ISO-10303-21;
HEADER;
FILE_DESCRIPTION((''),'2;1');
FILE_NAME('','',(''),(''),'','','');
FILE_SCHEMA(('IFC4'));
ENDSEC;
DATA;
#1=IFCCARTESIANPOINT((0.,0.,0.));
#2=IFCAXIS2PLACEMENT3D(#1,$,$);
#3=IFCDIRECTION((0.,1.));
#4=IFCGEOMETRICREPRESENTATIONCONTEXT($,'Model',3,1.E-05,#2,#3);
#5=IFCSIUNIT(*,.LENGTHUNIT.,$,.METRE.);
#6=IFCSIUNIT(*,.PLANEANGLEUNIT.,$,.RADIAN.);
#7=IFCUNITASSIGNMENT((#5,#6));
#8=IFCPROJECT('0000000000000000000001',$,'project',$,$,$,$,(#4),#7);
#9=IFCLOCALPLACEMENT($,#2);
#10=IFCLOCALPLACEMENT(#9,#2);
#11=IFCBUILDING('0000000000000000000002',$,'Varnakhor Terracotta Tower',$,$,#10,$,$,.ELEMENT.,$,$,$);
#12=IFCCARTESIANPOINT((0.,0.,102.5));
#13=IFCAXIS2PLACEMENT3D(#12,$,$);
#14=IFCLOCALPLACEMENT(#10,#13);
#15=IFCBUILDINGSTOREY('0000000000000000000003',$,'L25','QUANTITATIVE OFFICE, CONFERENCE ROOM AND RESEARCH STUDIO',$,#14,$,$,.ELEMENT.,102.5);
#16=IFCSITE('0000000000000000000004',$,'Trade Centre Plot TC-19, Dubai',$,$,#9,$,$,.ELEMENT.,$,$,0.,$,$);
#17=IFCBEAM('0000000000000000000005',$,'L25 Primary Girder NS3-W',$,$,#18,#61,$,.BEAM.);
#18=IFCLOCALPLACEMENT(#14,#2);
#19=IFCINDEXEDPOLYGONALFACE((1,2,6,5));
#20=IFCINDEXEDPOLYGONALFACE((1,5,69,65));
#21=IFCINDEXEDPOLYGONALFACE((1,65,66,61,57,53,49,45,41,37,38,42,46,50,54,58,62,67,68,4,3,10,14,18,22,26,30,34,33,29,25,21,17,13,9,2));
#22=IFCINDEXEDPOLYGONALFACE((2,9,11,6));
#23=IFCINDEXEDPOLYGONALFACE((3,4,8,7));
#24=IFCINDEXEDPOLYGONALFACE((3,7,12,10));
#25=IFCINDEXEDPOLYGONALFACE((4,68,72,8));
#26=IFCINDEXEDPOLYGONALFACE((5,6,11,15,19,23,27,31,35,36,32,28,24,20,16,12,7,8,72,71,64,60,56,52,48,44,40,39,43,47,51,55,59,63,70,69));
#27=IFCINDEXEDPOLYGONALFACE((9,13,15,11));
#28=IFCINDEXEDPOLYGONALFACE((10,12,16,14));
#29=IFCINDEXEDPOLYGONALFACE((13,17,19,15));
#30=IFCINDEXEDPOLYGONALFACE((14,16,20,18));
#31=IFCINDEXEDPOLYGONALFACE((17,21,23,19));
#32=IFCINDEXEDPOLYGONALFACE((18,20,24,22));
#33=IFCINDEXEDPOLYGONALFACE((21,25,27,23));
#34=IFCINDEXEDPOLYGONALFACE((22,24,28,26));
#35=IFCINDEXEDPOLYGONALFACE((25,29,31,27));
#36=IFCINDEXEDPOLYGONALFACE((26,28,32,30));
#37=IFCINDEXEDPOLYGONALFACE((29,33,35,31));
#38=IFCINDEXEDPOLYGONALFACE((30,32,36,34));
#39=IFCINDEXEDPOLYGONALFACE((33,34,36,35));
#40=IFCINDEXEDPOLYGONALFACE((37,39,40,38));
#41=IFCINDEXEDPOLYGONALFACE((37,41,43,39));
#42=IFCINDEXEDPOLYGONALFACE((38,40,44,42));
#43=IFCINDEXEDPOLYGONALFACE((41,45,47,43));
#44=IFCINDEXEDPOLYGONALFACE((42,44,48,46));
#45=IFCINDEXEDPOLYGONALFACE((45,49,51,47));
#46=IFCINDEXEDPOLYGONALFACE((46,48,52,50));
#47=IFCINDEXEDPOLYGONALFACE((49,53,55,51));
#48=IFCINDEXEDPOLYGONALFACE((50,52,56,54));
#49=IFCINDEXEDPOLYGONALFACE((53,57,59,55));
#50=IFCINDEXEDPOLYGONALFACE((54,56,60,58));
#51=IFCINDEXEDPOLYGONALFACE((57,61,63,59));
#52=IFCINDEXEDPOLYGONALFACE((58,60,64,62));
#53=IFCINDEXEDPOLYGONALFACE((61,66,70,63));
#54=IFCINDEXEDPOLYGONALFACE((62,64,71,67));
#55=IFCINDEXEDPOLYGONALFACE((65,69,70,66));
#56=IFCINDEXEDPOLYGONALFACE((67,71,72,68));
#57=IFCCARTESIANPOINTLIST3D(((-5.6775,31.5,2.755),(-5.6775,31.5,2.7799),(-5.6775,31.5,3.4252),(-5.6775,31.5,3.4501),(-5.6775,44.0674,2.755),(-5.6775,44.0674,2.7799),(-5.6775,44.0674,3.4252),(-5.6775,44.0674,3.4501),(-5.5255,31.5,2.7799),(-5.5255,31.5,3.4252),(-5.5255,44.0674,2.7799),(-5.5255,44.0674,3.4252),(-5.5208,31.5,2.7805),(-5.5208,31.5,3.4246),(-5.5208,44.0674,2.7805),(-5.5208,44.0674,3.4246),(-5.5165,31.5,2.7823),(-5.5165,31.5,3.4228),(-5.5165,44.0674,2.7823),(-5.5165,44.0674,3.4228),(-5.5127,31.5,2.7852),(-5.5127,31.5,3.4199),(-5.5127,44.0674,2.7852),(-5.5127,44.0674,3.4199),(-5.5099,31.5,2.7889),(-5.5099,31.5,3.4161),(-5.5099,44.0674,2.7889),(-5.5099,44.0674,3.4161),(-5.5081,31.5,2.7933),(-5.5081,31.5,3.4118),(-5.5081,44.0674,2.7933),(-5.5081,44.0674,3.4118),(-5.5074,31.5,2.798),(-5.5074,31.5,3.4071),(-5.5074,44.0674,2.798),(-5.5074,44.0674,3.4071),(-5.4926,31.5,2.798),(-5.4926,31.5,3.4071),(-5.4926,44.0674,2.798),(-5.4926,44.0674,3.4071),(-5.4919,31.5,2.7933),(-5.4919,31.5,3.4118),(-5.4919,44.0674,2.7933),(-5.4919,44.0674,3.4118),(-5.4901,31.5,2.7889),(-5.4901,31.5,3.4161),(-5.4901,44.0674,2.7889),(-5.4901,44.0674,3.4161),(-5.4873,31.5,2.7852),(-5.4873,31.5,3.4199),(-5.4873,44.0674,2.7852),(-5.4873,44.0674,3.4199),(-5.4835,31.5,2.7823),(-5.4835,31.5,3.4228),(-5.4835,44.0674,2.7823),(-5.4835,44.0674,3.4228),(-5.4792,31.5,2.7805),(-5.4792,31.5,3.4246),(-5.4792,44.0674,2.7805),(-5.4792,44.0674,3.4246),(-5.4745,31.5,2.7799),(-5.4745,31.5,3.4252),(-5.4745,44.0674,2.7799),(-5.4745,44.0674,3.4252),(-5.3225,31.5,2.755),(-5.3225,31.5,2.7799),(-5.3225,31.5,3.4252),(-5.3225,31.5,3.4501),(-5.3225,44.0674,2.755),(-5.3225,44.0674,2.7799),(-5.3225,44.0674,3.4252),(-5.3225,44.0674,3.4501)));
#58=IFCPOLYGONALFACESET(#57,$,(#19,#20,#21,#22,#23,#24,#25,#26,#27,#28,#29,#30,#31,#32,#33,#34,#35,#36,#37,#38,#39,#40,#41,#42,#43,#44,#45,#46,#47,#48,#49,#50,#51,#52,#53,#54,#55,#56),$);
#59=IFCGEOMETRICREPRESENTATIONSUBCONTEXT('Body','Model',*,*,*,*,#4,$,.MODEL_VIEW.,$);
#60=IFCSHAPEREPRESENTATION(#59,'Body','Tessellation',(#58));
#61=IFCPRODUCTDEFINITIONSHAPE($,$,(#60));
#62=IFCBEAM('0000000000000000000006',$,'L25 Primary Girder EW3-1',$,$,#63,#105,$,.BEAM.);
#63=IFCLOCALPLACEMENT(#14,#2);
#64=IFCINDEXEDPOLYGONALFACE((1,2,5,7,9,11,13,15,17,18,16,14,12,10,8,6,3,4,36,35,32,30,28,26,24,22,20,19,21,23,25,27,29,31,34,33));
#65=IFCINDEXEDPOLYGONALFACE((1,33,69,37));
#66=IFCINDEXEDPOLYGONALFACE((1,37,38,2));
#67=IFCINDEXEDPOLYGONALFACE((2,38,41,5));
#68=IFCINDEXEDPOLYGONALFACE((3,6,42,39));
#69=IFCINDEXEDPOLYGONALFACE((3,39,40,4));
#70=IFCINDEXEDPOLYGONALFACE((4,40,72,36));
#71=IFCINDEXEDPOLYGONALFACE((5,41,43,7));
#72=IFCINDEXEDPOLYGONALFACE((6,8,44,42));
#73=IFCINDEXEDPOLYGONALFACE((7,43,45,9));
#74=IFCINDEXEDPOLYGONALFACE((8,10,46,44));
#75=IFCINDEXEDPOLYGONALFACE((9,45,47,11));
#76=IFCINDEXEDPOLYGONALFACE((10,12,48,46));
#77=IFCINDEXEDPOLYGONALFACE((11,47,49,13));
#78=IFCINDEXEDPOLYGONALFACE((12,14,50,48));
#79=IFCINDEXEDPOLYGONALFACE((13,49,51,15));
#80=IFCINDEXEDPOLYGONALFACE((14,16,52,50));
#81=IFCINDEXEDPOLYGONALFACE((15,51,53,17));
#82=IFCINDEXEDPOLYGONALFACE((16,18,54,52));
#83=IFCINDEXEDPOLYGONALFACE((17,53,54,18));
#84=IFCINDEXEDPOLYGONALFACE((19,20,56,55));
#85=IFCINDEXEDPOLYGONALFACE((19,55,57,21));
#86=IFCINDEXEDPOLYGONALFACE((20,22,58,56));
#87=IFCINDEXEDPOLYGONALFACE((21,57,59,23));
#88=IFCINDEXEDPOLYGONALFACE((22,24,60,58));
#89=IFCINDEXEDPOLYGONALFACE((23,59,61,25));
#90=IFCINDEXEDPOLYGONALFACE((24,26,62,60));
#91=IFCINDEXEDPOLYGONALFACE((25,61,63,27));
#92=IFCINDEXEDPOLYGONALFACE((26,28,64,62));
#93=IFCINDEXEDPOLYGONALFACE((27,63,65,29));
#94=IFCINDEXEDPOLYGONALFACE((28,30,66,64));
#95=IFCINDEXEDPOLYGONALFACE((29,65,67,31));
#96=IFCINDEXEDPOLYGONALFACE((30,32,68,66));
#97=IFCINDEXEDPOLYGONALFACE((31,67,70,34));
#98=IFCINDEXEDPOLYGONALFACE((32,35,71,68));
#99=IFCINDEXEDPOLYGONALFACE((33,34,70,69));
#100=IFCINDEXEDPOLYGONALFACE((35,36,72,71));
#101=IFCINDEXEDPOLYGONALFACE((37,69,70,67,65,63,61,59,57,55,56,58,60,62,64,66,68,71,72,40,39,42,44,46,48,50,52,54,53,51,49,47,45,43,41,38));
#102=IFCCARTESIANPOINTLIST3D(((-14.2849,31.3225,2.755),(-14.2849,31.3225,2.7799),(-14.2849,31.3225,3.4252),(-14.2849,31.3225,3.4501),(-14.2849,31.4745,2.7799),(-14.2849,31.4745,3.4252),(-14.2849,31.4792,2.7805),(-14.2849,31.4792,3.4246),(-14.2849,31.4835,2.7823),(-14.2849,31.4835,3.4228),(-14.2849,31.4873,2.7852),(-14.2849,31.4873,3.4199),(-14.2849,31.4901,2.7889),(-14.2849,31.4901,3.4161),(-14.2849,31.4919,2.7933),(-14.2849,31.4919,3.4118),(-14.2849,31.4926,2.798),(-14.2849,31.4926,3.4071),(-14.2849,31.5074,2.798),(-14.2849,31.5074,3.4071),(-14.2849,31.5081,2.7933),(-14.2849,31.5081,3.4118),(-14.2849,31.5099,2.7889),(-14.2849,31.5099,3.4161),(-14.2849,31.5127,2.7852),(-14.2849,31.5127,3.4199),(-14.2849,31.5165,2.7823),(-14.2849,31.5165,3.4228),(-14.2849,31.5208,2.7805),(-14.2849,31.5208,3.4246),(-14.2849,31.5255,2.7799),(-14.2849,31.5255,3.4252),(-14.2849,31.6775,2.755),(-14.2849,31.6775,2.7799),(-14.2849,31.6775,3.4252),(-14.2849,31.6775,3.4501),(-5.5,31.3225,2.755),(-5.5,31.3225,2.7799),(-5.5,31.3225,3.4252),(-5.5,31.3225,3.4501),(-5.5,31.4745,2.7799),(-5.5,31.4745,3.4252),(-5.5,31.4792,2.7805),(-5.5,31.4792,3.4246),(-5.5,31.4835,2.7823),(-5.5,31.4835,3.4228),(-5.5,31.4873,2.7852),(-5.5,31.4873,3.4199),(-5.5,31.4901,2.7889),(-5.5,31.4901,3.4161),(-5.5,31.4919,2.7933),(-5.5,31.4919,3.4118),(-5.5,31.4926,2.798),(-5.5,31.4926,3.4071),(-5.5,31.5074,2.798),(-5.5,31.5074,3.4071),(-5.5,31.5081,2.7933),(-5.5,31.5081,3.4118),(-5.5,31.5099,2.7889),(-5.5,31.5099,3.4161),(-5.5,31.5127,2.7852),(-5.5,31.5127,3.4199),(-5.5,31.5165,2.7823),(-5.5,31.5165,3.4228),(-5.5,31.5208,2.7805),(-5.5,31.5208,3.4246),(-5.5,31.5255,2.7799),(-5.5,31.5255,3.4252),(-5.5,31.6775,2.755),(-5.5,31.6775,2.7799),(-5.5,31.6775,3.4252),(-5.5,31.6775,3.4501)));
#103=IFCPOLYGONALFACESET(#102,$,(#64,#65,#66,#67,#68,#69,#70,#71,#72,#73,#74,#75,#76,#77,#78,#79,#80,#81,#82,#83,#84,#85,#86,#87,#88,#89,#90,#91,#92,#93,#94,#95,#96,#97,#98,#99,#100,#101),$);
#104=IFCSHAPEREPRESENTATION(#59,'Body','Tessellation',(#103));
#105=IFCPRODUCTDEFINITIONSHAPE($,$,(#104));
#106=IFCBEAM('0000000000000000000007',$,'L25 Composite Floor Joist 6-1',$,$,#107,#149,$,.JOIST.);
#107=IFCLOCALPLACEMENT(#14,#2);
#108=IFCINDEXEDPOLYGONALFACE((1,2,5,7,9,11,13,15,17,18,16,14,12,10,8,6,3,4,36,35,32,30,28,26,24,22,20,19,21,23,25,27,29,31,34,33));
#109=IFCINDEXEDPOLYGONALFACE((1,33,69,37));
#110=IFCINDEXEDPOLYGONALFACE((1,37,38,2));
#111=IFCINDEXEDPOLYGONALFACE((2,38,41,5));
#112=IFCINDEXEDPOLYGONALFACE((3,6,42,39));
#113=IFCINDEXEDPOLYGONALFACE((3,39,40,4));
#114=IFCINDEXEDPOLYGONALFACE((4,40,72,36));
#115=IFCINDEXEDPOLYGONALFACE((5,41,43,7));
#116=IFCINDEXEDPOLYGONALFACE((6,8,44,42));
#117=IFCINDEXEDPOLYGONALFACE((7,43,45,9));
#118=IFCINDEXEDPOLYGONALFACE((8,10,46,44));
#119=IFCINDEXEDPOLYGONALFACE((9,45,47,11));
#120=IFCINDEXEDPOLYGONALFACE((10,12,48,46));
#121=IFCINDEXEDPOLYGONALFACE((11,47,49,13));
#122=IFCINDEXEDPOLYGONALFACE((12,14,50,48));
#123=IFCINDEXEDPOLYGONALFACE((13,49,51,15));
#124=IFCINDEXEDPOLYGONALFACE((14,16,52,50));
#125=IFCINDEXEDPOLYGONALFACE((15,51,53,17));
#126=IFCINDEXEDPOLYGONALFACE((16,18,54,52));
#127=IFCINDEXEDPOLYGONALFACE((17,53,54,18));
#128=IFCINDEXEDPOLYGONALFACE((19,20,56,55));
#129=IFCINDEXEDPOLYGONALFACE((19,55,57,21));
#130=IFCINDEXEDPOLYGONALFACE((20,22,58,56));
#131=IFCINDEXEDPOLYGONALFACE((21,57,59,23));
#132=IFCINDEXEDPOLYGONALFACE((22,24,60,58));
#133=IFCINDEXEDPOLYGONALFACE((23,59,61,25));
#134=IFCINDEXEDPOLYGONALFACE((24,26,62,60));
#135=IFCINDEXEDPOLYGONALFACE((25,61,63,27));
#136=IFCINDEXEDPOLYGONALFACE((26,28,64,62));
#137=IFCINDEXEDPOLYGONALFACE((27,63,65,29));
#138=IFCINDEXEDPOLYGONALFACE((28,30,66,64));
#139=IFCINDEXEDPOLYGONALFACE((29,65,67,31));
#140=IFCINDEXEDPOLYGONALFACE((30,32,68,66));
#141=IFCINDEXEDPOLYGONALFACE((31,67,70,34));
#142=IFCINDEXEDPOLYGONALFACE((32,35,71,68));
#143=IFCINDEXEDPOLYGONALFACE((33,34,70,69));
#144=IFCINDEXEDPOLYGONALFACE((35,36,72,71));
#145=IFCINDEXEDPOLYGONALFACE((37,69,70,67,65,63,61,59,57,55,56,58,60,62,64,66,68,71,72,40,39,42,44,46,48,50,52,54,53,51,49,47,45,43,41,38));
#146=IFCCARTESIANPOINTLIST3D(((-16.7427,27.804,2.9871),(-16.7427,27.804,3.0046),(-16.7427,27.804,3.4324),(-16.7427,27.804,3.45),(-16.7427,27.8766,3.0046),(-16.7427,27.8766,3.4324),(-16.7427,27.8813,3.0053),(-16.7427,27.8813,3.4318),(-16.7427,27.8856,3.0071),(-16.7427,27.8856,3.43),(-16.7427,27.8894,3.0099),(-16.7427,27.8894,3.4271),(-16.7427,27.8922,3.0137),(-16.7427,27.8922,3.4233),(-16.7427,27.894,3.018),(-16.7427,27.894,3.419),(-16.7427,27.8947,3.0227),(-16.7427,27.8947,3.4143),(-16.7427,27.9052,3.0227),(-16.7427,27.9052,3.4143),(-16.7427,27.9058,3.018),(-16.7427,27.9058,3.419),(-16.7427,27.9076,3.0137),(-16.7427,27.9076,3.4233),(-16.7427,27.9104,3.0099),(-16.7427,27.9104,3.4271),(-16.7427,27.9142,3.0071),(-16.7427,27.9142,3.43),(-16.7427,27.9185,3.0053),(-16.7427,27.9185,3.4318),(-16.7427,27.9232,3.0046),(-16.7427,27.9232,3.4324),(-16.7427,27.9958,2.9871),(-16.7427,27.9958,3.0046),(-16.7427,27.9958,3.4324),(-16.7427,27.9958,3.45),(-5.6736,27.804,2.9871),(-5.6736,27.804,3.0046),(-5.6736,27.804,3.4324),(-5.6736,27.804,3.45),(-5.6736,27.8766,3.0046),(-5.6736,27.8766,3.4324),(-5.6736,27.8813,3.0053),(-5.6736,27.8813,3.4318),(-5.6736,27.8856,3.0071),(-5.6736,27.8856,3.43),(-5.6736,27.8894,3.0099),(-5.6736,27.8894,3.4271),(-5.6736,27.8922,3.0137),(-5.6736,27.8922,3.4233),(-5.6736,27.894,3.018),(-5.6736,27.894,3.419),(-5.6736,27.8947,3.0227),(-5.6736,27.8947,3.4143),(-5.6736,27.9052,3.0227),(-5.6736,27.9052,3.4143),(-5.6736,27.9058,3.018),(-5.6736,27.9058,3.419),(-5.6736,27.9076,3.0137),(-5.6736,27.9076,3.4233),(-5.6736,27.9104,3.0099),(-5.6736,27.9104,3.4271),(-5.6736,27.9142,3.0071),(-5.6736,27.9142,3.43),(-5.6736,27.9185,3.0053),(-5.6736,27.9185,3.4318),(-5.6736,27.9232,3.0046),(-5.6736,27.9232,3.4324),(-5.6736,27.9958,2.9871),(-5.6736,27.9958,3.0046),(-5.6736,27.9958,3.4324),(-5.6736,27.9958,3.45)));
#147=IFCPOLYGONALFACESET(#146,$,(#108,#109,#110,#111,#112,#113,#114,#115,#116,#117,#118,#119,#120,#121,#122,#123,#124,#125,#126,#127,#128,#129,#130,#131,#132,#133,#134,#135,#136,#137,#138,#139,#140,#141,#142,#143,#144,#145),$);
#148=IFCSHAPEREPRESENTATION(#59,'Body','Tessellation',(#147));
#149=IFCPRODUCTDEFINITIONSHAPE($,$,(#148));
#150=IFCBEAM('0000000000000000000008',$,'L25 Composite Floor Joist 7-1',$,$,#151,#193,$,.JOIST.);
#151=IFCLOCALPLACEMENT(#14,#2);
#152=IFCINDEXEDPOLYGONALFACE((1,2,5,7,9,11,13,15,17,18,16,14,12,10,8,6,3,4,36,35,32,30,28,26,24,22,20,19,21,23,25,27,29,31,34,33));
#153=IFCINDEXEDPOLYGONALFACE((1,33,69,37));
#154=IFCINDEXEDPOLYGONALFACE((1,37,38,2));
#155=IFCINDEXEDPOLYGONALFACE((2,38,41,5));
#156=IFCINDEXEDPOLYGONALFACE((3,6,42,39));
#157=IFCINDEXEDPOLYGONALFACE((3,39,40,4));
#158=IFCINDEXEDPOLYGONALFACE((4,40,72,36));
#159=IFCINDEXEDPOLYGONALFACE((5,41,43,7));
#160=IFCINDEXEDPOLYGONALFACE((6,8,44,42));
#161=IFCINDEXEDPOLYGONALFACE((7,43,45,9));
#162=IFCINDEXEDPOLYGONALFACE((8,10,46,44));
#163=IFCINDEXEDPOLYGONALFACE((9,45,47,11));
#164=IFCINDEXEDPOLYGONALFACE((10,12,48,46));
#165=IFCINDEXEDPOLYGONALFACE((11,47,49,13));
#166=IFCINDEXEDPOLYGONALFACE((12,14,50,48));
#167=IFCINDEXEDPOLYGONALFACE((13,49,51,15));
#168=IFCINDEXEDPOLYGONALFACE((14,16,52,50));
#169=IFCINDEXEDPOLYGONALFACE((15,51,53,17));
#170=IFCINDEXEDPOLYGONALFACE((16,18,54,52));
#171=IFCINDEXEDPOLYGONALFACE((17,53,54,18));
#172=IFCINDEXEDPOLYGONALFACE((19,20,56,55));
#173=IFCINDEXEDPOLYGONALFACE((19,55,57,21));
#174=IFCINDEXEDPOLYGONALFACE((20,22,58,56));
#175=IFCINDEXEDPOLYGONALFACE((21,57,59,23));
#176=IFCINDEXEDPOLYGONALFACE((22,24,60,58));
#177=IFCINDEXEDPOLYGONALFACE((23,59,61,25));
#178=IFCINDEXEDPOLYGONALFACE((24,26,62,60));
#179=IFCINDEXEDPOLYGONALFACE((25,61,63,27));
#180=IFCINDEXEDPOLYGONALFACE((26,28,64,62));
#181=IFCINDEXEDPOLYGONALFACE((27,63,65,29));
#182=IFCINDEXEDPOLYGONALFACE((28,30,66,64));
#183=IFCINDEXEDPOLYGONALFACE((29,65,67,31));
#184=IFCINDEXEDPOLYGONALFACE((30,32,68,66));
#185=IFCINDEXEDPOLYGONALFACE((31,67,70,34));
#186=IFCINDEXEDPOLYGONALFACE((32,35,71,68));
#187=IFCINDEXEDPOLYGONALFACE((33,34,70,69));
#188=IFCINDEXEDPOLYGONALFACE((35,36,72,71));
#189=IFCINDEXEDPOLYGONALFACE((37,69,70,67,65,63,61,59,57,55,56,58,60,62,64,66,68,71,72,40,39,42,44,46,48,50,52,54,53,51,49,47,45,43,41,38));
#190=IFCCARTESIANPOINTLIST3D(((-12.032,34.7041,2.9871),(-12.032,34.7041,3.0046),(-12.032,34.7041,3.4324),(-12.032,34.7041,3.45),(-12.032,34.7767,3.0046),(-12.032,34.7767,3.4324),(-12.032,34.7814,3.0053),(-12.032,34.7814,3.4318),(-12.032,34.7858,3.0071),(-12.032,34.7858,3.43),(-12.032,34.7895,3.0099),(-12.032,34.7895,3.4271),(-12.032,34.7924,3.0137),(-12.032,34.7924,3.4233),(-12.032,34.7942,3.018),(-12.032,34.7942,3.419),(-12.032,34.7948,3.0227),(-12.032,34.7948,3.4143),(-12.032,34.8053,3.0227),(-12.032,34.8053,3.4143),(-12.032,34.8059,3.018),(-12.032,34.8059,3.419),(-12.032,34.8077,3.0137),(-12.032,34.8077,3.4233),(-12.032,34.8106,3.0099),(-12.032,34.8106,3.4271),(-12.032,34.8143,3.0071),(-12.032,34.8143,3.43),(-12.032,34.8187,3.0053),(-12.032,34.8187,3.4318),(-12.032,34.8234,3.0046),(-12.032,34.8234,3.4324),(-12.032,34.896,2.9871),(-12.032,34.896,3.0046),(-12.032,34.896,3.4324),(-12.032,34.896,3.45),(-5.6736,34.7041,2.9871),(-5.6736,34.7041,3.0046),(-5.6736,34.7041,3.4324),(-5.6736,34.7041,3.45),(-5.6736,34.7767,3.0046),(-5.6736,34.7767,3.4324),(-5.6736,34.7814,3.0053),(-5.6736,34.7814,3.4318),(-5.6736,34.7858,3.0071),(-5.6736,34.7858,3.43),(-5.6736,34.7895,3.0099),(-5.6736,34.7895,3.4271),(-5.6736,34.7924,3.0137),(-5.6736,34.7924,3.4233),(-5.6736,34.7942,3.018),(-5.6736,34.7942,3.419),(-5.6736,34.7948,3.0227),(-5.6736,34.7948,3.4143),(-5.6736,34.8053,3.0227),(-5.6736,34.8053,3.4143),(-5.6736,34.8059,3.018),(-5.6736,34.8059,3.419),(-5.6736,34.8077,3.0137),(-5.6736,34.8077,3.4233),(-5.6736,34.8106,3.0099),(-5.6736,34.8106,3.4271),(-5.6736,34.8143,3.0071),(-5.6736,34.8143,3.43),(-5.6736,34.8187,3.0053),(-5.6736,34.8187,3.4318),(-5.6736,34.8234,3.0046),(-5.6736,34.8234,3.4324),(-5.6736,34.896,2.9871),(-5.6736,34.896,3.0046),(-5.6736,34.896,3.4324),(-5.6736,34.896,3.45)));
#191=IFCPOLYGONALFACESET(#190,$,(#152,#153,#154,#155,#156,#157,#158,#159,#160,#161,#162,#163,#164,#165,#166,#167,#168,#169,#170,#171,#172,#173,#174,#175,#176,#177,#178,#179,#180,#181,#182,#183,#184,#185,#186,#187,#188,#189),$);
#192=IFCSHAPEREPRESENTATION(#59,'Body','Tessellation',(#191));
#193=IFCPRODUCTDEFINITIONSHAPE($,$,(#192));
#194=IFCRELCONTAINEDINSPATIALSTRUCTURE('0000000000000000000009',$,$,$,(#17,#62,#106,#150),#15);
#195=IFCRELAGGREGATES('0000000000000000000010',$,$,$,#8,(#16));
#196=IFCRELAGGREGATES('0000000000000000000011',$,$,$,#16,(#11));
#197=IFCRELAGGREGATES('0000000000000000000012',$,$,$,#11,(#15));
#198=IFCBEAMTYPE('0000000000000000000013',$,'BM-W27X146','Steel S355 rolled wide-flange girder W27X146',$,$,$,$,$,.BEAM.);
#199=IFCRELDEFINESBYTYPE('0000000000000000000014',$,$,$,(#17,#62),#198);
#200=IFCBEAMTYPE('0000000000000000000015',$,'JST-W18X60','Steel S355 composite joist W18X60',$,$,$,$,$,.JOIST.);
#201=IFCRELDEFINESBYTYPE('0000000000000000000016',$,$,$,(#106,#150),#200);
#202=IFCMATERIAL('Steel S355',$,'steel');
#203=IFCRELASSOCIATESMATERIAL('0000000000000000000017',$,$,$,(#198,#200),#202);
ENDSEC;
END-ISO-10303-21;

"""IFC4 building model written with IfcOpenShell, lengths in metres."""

from ifc_helpers import new_model, si_unit, direction, frame, origin, origin_2d, place, context, subcontext, project, spatial, i_section, extrude, source, transform, mapped, material, material_profile, profile_set, type_object, element, save


model = new_model("IFC4")

# Units and contexts
model_context = context("Model", 3, precision=1e-05, world=origin(), true_north=direction((0.0, 1.0)))
body_context = subcontext(model_context, "Body", "Model", "MODEL_VIEW")
ifc_project = project(units=[si_unit("LENGTHUNIT", "METRE"), si_unit("PLANEANGLEUNIT", "RADIAN")], contexts=[model_context])

# Site, building, storey
site_placement = place(None, origin())
site = spatial("IfcSite", under=ifc_project, at=site_placement, Name="Trade Centre Plot TC-19, Dubai", CompositionType="ELEMENT", RefElevation=0.0)
building_placement = place(site_placement, origin())
building = spatial("IfcBuilding", under=site, at=building_placement, Name="Varnakhor Terracotta Tower", CompositionType="ELEMENT")
storey_placement = place(building_placement, frame((0.0, 0.0, 102.5)))
storey = spatial("IfcBuildingStorey", under=building, at=storey_placement, Name="L25", Description="QUANTITATIVE OFFICE, CONFERENCE ROOM AND RESEARCH STUDIO", CompositionType="ELEMENT", Elevation=102.5)

# Beams
ifc_material_1 = material(Name="Steel S355", Category="steel")
ifc_material_profile_1 = material_profile(ifc_material_1, i_section(OverallWidth=0.355, OverallDepth=0.6951, WebThickness=0.0149, FlangeThickness=0.0249, FilletRadius=0.0181, at=origin_2d()), Name="W27X146")
ifc_profile_set_1 = profile_set([ifc_material_profile_1], Name="Steel S355")
beam_type_1 = type_object("IfcBeamType", Name="BM-W27X146", Description="Steel S355 rolled wide-flange girder W27X146", PredefinedType="BEAM", material=ifc_profile_set_1)
ifc_material_profile_2 = material_profile(ifc_material_1, i_section(OverallWidth=0.1919, OverallDepth=0.4629, WebThickness=0.0105, FlangeThickness=0.0176, FilletRadius=0.0181, at=origin_2d()), Name="W18X60")
ifc_profile_set_2 = profile_set([ifc_material_profile_2], Name="Steel S355")
beam_type_2 = type_object("IfcBeamType", Name="JST-W18X60", Description="Steel S355 composite joist W18X60", PredefinedType="JOIST", material=ifc_profile_set_2)
shared_shape_1 = source(origin(), body_context, "Body", "SweptSolid", [
    extrude(i_section(OverallWidth=0.355, OverallDepth=0.6951, WebThickness=0.0149, FlangeThickness=0.0249, FilletRadius=0.0181, at=origin_2d()), origin(), (0.0, 0.0, 1.0), 12.5674),
])
beam_1_placement = place(storey_placement, frame((-5.5, 31.5, 3.1025), z_axis=(0.0, 1.0, 0.0), x_axis=(-1.0, 0.0, 0.0)))
element("IfcBeam", 1, at=beam_1_placement, inside=storey, type_object=beam_type_1, Name="L25 Primary Girder NS3-W", PredefinedType="BEAM", context=body_context, shape_type="MappedRepresentation", body=[
    mapped(shared_shape_1, transform((0.0, 0.0, 0.0), scale=1.0)),
])
shared_shape_2 = source(origin(), body_context, "Body", "SweptSolid", [
    extrude(i_section(OverallWidth=0.355, OverallDepth=0.6951, WebThickness=0.0149, FlangeThickness=0.0249, FilletRadius=0.0181, at=origin_2d()), origin(), (0.0, 0.0, 1.0), 8.7849),
])
beam_2_placement = place(storey_placement, frame((-14.2849, 31.5, 3.1025), z_axis=(1.0, 0.0, 0.0), x_axis=(0.0, 1.0, 0.0)))
element("IfcBeam", 2, at=beam_2_placement, inside=storey, type_object=beam_type_1, Name="L25 Primary Girder EW3-1", PredefinedType="BEAM", context=body_context, shape_type="MappedRepresentation", body=[
    mapped(shared_shape_2, transform((0.0, 0.0, 0.0), scale=1.0)),
])
shared_shape_3 = source(origin(), body_context, "Body", "SweptSolid", [
    extrude(i_section(OverallWidth=0.1919, OverallDepth=0.4629, WebThickness=0.0105, FlangeThickness=0.0176, FilletRadius=0.0181, at=origin_2d()), origin(), (0.0, 0.0, 1.0), 11.0691),
])
beam_3_placement = place(storey_placement, frame((-16.7427, 27.8999, 3.2185), z_axis=(1.0, 0.0, 0.0), x_axis=(0.0, 1.0, 0.0)))
element("IfcBeam", 3, at=beam_3_placement, inside=storey, type_object=beam_type_2, Name="L25 Composite Floor Joist 6-1", PredefinedType="JOIST", context=body_context, shape_type="MappedRepresentation", body=[
    mapped(shared_shape_3, transform((0.0, 0.0, 0.0), scale=1.0)),
])
shared_shape_4 = source(origin(), body_context, "Body", "SweptSolid", [
    extrude(i_section(OverallWidth=0.1919, OverallDepth=0.4629, WebThickness=0.0105, FlangeThickness=0.0176, FilletRadius=0.0181, at=origin_2d()), origin(), (0.0, 0.0, 1.0), 6.3584),
])
beam_4_placement = place(storey_placement, frame((-12.032, 34.8, 3.2185), z_axis=(1.0, 0.0, 0.0), x_axis=(0.0, 1.0, 0.0)))
element("IfcBeam", 4, at=beam_4_placement, inside=storey, type_object=beam_type_2, Name="L25 Composite Floor Joist 7-1", PredefinedType="JOIST", context=body_context, shape_type="MappedRepresentation", body=[
    mapped(shared_shape_4, transform((0.0, 0.0, 0.0), scale=1.0)),
])

save(model, "model.ifc")
